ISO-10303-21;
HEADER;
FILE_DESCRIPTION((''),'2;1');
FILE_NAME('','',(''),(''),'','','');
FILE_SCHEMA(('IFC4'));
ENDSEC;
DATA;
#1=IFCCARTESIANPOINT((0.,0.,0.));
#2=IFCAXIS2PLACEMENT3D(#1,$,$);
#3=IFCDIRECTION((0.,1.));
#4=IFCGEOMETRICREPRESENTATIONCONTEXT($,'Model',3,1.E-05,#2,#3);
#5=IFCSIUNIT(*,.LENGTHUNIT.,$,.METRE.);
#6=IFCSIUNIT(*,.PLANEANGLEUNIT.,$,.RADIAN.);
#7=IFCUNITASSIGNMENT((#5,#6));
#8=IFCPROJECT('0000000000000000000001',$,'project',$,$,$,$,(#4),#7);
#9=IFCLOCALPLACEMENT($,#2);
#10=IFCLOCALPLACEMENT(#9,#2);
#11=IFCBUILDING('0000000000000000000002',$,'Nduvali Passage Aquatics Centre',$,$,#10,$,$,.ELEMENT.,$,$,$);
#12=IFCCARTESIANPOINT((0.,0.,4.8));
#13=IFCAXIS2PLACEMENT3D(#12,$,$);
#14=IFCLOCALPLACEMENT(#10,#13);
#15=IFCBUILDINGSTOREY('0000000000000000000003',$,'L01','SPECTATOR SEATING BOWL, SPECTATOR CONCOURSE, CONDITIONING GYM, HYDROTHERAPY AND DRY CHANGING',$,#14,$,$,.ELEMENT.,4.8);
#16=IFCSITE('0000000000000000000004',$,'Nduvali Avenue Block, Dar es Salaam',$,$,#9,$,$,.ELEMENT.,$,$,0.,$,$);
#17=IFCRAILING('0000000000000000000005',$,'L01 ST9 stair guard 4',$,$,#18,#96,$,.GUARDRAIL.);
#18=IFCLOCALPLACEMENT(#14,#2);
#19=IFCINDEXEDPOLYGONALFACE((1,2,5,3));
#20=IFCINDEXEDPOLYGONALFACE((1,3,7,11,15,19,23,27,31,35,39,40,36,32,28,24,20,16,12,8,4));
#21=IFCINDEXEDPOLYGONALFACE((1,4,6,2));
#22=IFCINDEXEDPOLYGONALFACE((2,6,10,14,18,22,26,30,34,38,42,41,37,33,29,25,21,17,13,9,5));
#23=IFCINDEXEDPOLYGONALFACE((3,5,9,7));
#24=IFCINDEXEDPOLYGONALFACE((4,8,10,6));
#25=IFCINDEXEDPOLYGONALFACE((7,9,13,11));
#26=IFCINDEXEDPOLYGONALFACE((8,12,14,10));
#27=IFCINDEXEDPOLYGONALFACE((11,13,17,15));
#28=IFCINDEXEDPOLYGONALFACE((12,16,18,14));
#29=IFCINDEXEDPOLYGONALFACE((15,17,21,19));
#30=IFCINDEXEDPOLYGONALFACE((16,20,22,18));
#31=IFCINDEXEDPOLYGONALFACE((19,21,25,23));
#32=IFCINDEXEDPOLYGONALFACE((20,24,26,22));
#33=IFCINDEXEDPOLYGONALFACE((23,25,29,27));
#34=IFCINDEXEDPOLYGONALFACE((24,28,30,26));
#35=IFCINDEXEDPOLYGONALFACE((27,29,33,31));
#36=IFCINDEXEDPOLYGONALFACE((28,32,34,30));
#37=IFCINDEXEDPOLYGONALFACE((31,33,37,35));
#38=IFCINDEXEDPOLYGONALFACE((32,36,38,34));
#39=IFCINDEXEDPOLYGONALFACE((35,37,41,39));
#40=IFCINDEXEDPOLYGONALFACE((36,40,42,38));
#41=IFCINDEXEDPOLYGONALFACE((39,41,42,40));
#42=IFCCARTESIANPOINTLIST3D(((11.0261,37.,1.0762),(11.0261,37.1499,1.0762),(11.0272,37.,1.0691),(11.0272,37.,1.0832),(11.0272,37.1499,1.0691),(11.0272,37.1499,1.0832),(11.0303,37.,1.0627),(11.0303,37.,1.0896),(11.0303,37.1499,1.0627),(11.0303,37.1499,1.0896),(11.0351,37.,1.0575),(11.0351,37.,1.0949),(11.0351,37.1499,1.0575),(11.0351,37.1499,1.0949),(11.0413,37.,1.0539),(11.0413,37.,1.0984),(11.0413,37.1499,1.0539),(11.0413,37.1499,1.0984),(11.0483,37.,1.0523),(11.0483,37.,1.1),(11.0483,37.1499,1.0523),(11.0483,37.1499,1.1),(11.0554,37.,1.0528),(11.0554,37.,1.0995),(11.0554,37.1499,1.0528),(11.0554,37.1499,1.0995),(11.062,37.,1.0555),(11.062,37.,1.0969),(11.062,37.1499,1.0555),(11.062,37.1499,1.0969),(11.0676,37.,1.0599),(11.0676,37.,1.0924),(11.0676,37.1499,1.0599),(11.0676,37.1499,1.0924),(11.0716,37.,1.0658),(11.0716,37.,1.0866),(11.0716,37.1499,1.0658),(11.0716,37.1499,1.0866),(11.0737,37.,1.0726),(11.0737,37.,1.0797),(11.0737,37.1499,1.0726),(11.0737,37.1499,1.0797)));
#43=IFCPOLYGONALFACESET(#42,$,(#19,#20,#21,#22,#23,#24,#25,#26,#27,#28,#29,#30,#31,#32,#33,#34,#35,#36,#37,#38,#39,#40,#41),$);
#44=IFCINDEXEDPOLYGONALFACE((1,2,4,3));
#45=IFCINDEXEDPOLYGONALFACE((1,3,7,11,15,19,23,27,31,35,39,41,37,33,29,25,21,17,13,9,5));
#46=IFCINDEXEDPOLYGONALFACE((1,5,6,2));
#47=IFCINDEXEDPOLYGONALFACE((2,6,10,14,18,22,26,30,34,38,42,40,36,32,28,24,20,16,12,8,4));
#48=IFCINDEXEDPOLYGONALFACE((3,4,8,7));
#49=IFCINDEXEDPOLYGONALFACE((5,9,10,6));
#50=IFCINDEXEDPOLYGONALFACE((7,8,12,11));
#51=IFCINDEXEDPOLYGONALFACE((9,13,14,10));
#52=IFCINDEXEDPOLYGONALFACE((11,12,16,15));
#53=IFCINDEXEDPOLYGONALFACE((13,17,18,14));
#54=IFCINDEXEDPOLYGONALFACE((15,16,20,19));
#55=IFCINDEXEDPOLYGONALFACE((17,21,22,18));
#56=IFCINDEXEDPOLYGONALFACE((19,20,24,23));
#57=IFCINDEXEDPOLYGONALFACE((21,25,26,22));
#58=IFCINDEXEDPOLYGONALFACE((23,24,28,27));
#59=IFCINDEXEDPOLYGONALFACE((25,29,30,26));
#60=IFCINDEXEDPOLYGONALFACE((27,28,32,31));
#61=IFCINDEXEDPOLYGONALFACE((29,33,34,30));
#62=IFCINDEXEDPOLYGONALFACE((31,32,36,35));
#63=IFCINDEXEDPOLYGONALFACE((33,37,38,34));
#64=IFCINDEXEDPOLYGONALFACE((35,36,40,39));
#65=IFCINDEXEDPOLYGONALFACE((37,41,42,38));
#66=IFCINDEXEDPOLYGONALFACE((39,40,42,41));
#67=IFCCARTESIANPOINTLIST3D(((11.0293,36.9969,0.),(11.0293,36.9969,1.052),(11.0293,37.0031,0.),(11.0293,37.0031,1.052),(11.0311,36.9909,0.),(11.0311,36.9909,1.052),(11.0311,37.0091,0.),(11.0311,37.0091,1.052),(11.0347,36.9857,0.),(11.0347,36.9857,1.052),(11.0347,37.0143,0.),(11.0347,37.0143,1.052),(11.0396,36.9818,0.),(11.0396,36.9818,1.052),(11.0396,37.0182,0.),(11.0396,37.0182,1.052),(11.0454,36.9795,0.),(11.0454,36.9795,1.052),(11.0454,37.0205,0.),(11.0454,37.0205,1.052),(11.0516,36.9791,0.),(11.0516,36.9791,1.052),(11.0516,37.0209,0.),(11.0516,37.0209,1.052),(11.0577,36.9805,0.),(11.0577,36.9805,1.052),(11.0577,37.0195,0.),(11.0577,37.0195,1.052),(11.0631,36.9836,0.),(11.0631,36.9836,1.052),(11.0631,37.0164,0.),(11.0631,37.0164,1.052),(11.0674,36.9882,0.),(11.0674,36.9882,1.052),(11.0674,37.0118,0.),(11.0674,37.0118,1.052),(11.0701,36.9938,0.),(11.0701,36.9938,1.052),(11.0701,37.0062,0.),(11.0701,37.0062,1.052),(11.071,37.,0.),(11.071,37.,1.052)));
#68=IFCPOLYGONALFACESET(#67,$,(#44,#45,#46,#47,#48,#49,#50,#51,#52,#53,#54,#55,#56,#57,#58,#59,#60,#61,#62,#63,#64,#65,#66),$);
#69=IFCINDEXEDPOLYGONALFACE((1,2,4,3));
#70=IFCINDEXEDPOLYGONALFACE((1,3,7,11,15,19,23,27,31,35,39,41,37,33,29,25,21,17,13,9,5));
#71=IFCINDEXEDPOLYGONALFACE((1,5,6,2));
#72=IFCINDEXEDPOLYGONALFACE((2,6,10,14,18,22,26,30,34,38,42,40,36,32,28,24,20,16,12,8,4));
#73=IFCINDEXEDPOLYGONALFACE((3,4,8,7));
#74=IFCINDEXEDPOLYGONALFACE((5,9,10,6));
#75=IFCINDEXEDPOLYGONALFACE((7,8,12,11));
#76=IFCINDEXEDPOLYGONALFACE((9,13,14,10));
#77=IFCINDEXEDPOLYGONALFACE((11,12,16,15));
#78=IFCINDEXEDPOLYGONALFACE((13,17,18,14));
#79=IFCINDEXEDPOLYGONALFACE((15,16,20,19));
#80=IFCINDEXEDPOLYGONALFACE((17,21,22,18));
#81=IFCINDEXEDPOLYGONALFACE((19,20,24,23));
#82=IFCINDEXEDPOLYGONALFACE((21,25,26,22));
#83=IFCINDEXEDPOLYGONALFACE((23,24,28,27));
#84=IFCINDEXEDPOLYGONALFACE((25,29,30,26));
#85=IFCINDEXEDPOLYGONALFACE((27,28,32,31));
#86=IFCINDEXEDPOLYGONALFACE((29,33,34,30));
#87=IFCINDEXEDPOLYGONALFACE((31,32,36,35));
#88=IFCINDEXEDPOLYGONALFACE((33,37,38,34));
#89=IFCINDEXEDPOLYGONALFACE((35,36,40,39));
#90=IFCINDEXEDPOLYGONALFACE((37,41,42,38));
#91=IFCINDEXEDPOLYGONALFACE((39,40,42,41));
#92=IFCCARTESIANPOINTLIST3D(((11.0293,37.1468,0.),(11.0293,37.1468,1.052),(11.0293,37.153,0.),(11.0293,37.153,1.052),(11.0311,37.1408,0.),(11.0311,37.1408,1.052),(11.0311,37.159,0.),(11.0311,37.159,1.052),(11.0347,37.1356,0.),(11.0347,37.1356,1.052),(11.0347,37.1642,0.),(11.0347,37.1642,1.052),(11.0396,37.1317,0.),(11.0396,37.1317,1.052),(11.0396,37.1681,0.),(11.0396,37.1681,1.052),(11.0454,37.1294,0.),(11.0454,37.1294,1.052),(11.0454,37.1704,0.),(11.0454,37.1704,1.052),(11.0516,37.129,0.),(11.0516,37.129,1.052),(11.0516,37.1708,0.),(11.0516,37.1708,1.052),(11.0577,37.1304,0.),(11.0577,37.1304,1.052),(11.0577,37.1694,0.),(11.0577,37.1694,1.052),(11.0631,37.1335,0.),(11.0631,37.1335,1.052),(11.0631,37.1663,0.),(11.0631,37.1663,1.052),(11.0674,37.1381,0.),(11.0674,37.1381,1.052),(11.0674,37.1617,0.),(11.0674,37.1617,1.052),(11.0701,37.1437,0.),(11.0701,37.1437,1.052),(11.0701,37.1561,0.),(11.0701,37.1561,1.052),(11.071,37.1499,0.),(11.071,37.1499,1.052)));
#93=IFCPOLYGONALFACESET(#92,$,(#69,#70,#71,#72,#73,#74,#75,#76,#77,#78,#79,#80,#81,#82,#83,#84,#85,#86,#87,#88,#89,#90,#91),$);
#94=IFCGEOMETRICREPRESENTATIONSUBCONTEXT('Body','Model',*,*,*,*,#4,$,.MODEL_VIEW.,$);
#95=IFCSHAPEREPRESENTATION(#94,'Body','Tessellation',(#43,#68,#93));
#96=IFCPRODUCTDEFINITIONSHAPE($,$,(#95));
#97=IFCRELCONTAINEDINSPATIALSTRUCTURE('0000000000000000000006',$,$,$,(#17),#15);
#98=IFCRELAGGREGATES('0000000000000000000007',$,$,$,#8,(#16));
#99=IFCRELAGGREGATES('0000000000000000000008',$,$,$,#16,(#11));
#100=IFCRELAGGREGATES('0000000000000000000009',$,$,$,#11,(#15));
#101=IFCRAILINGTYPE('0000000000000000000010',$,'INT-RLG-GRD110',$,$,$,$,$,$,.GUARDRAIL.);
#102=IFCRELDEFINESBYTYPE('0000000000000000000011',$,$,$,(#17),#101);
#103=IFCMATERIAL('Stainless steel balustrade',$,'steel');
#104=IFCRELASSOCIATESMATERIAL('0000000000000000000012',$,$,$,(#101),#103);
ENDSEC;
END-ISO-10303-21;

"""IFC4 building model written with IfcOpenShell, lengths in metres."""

from ifc_helpers import new_model, si_unit, direction, frame, origin, origin_2d, place, context, subcontext, project, spatial, circle, extrude, material, type_object, element, save


model = new_model("IFC4")

# Units and contexts
model_context = context("Model", 3, precision=1e-05, world=origin(), true_north=direction((0.0, 1.0)))
body_context = subcontext(model_context, "Body", "Model", "MODEL_VIEW")
ifc_project = project(units=[si_unit("LENGTHUNIT", "METRE"), si_unit("PLANEANGLEUNIT", "RADIAN")], contexts=[model_context])

# Site, building, storey
site_placement = place(None, origin())
site = spatial("IfcSite", under=ifc_project, at=site_placement, Name="Nduvali Avenue Block, Dar es Salaam", CompositionType="ELEMENT", RefElevation=0.0)
building_placement = place(site_placement, origin())
building = spatial("IfcBuilding", under=site, at=building_placement, Name="Nduvali Passage Aquatics Centre", CompositionType="ELEMENT")
storey_placement = place(building_placement, frame((0.0, 0.0, 4.8)))
storey = spatial("IfcBuildingStorey", under=building, at=storey_placement, Name="L01", Description="SPECTATOR SEATING BOWL, SPECTATOR CONCOURSE, CONDITIONING GYM, HYDROTHERAPY AND DRY CHANGING", CompositionType="ELEMENT", Elevation=4.8)

# Railing
ifc_material_1 = material(Name="Stainless steel balustrade", Category="steel")
railing_type_1 = type_object("IfcRailingType", Name="INT-RLG-GRD110", PredefinedType="GUARDRAIL", material=ifc_material_1)
railing_1_placement = place(storey_placement, frame((11.05, 37.0, 0.0)))
element("IfcRailing", 1, at=railing_1_placement, inside=storey, type_object=railing_type_1, Name="L01 ST9 stair guard 4", PredefinedType="GUARDRAIL", context=body_context, shape_type="SweptSolid", body=[
    extrude(circle(Radius=0.0239, at=origin_2d()), frame((0.0, 0.0, 1.0762), z_axis=(0.0, 1.0, 0.0), x_axis=(-1.0, 0.0, 0.0)), (0.0, 0.0, 1.0), 0.1499),
    extrude(circle(Radius=0.021, at=origin_2d()), origin(), (0.0, 0.0, 1.0), 1.052),
    extrude(circle(Radius=0.021, at=origin_2d()), frame((0.0, 0.1499, 0.0)), (0.0, 0.0, 1.0), 1.052),
])

save(model, "model.ifc")
